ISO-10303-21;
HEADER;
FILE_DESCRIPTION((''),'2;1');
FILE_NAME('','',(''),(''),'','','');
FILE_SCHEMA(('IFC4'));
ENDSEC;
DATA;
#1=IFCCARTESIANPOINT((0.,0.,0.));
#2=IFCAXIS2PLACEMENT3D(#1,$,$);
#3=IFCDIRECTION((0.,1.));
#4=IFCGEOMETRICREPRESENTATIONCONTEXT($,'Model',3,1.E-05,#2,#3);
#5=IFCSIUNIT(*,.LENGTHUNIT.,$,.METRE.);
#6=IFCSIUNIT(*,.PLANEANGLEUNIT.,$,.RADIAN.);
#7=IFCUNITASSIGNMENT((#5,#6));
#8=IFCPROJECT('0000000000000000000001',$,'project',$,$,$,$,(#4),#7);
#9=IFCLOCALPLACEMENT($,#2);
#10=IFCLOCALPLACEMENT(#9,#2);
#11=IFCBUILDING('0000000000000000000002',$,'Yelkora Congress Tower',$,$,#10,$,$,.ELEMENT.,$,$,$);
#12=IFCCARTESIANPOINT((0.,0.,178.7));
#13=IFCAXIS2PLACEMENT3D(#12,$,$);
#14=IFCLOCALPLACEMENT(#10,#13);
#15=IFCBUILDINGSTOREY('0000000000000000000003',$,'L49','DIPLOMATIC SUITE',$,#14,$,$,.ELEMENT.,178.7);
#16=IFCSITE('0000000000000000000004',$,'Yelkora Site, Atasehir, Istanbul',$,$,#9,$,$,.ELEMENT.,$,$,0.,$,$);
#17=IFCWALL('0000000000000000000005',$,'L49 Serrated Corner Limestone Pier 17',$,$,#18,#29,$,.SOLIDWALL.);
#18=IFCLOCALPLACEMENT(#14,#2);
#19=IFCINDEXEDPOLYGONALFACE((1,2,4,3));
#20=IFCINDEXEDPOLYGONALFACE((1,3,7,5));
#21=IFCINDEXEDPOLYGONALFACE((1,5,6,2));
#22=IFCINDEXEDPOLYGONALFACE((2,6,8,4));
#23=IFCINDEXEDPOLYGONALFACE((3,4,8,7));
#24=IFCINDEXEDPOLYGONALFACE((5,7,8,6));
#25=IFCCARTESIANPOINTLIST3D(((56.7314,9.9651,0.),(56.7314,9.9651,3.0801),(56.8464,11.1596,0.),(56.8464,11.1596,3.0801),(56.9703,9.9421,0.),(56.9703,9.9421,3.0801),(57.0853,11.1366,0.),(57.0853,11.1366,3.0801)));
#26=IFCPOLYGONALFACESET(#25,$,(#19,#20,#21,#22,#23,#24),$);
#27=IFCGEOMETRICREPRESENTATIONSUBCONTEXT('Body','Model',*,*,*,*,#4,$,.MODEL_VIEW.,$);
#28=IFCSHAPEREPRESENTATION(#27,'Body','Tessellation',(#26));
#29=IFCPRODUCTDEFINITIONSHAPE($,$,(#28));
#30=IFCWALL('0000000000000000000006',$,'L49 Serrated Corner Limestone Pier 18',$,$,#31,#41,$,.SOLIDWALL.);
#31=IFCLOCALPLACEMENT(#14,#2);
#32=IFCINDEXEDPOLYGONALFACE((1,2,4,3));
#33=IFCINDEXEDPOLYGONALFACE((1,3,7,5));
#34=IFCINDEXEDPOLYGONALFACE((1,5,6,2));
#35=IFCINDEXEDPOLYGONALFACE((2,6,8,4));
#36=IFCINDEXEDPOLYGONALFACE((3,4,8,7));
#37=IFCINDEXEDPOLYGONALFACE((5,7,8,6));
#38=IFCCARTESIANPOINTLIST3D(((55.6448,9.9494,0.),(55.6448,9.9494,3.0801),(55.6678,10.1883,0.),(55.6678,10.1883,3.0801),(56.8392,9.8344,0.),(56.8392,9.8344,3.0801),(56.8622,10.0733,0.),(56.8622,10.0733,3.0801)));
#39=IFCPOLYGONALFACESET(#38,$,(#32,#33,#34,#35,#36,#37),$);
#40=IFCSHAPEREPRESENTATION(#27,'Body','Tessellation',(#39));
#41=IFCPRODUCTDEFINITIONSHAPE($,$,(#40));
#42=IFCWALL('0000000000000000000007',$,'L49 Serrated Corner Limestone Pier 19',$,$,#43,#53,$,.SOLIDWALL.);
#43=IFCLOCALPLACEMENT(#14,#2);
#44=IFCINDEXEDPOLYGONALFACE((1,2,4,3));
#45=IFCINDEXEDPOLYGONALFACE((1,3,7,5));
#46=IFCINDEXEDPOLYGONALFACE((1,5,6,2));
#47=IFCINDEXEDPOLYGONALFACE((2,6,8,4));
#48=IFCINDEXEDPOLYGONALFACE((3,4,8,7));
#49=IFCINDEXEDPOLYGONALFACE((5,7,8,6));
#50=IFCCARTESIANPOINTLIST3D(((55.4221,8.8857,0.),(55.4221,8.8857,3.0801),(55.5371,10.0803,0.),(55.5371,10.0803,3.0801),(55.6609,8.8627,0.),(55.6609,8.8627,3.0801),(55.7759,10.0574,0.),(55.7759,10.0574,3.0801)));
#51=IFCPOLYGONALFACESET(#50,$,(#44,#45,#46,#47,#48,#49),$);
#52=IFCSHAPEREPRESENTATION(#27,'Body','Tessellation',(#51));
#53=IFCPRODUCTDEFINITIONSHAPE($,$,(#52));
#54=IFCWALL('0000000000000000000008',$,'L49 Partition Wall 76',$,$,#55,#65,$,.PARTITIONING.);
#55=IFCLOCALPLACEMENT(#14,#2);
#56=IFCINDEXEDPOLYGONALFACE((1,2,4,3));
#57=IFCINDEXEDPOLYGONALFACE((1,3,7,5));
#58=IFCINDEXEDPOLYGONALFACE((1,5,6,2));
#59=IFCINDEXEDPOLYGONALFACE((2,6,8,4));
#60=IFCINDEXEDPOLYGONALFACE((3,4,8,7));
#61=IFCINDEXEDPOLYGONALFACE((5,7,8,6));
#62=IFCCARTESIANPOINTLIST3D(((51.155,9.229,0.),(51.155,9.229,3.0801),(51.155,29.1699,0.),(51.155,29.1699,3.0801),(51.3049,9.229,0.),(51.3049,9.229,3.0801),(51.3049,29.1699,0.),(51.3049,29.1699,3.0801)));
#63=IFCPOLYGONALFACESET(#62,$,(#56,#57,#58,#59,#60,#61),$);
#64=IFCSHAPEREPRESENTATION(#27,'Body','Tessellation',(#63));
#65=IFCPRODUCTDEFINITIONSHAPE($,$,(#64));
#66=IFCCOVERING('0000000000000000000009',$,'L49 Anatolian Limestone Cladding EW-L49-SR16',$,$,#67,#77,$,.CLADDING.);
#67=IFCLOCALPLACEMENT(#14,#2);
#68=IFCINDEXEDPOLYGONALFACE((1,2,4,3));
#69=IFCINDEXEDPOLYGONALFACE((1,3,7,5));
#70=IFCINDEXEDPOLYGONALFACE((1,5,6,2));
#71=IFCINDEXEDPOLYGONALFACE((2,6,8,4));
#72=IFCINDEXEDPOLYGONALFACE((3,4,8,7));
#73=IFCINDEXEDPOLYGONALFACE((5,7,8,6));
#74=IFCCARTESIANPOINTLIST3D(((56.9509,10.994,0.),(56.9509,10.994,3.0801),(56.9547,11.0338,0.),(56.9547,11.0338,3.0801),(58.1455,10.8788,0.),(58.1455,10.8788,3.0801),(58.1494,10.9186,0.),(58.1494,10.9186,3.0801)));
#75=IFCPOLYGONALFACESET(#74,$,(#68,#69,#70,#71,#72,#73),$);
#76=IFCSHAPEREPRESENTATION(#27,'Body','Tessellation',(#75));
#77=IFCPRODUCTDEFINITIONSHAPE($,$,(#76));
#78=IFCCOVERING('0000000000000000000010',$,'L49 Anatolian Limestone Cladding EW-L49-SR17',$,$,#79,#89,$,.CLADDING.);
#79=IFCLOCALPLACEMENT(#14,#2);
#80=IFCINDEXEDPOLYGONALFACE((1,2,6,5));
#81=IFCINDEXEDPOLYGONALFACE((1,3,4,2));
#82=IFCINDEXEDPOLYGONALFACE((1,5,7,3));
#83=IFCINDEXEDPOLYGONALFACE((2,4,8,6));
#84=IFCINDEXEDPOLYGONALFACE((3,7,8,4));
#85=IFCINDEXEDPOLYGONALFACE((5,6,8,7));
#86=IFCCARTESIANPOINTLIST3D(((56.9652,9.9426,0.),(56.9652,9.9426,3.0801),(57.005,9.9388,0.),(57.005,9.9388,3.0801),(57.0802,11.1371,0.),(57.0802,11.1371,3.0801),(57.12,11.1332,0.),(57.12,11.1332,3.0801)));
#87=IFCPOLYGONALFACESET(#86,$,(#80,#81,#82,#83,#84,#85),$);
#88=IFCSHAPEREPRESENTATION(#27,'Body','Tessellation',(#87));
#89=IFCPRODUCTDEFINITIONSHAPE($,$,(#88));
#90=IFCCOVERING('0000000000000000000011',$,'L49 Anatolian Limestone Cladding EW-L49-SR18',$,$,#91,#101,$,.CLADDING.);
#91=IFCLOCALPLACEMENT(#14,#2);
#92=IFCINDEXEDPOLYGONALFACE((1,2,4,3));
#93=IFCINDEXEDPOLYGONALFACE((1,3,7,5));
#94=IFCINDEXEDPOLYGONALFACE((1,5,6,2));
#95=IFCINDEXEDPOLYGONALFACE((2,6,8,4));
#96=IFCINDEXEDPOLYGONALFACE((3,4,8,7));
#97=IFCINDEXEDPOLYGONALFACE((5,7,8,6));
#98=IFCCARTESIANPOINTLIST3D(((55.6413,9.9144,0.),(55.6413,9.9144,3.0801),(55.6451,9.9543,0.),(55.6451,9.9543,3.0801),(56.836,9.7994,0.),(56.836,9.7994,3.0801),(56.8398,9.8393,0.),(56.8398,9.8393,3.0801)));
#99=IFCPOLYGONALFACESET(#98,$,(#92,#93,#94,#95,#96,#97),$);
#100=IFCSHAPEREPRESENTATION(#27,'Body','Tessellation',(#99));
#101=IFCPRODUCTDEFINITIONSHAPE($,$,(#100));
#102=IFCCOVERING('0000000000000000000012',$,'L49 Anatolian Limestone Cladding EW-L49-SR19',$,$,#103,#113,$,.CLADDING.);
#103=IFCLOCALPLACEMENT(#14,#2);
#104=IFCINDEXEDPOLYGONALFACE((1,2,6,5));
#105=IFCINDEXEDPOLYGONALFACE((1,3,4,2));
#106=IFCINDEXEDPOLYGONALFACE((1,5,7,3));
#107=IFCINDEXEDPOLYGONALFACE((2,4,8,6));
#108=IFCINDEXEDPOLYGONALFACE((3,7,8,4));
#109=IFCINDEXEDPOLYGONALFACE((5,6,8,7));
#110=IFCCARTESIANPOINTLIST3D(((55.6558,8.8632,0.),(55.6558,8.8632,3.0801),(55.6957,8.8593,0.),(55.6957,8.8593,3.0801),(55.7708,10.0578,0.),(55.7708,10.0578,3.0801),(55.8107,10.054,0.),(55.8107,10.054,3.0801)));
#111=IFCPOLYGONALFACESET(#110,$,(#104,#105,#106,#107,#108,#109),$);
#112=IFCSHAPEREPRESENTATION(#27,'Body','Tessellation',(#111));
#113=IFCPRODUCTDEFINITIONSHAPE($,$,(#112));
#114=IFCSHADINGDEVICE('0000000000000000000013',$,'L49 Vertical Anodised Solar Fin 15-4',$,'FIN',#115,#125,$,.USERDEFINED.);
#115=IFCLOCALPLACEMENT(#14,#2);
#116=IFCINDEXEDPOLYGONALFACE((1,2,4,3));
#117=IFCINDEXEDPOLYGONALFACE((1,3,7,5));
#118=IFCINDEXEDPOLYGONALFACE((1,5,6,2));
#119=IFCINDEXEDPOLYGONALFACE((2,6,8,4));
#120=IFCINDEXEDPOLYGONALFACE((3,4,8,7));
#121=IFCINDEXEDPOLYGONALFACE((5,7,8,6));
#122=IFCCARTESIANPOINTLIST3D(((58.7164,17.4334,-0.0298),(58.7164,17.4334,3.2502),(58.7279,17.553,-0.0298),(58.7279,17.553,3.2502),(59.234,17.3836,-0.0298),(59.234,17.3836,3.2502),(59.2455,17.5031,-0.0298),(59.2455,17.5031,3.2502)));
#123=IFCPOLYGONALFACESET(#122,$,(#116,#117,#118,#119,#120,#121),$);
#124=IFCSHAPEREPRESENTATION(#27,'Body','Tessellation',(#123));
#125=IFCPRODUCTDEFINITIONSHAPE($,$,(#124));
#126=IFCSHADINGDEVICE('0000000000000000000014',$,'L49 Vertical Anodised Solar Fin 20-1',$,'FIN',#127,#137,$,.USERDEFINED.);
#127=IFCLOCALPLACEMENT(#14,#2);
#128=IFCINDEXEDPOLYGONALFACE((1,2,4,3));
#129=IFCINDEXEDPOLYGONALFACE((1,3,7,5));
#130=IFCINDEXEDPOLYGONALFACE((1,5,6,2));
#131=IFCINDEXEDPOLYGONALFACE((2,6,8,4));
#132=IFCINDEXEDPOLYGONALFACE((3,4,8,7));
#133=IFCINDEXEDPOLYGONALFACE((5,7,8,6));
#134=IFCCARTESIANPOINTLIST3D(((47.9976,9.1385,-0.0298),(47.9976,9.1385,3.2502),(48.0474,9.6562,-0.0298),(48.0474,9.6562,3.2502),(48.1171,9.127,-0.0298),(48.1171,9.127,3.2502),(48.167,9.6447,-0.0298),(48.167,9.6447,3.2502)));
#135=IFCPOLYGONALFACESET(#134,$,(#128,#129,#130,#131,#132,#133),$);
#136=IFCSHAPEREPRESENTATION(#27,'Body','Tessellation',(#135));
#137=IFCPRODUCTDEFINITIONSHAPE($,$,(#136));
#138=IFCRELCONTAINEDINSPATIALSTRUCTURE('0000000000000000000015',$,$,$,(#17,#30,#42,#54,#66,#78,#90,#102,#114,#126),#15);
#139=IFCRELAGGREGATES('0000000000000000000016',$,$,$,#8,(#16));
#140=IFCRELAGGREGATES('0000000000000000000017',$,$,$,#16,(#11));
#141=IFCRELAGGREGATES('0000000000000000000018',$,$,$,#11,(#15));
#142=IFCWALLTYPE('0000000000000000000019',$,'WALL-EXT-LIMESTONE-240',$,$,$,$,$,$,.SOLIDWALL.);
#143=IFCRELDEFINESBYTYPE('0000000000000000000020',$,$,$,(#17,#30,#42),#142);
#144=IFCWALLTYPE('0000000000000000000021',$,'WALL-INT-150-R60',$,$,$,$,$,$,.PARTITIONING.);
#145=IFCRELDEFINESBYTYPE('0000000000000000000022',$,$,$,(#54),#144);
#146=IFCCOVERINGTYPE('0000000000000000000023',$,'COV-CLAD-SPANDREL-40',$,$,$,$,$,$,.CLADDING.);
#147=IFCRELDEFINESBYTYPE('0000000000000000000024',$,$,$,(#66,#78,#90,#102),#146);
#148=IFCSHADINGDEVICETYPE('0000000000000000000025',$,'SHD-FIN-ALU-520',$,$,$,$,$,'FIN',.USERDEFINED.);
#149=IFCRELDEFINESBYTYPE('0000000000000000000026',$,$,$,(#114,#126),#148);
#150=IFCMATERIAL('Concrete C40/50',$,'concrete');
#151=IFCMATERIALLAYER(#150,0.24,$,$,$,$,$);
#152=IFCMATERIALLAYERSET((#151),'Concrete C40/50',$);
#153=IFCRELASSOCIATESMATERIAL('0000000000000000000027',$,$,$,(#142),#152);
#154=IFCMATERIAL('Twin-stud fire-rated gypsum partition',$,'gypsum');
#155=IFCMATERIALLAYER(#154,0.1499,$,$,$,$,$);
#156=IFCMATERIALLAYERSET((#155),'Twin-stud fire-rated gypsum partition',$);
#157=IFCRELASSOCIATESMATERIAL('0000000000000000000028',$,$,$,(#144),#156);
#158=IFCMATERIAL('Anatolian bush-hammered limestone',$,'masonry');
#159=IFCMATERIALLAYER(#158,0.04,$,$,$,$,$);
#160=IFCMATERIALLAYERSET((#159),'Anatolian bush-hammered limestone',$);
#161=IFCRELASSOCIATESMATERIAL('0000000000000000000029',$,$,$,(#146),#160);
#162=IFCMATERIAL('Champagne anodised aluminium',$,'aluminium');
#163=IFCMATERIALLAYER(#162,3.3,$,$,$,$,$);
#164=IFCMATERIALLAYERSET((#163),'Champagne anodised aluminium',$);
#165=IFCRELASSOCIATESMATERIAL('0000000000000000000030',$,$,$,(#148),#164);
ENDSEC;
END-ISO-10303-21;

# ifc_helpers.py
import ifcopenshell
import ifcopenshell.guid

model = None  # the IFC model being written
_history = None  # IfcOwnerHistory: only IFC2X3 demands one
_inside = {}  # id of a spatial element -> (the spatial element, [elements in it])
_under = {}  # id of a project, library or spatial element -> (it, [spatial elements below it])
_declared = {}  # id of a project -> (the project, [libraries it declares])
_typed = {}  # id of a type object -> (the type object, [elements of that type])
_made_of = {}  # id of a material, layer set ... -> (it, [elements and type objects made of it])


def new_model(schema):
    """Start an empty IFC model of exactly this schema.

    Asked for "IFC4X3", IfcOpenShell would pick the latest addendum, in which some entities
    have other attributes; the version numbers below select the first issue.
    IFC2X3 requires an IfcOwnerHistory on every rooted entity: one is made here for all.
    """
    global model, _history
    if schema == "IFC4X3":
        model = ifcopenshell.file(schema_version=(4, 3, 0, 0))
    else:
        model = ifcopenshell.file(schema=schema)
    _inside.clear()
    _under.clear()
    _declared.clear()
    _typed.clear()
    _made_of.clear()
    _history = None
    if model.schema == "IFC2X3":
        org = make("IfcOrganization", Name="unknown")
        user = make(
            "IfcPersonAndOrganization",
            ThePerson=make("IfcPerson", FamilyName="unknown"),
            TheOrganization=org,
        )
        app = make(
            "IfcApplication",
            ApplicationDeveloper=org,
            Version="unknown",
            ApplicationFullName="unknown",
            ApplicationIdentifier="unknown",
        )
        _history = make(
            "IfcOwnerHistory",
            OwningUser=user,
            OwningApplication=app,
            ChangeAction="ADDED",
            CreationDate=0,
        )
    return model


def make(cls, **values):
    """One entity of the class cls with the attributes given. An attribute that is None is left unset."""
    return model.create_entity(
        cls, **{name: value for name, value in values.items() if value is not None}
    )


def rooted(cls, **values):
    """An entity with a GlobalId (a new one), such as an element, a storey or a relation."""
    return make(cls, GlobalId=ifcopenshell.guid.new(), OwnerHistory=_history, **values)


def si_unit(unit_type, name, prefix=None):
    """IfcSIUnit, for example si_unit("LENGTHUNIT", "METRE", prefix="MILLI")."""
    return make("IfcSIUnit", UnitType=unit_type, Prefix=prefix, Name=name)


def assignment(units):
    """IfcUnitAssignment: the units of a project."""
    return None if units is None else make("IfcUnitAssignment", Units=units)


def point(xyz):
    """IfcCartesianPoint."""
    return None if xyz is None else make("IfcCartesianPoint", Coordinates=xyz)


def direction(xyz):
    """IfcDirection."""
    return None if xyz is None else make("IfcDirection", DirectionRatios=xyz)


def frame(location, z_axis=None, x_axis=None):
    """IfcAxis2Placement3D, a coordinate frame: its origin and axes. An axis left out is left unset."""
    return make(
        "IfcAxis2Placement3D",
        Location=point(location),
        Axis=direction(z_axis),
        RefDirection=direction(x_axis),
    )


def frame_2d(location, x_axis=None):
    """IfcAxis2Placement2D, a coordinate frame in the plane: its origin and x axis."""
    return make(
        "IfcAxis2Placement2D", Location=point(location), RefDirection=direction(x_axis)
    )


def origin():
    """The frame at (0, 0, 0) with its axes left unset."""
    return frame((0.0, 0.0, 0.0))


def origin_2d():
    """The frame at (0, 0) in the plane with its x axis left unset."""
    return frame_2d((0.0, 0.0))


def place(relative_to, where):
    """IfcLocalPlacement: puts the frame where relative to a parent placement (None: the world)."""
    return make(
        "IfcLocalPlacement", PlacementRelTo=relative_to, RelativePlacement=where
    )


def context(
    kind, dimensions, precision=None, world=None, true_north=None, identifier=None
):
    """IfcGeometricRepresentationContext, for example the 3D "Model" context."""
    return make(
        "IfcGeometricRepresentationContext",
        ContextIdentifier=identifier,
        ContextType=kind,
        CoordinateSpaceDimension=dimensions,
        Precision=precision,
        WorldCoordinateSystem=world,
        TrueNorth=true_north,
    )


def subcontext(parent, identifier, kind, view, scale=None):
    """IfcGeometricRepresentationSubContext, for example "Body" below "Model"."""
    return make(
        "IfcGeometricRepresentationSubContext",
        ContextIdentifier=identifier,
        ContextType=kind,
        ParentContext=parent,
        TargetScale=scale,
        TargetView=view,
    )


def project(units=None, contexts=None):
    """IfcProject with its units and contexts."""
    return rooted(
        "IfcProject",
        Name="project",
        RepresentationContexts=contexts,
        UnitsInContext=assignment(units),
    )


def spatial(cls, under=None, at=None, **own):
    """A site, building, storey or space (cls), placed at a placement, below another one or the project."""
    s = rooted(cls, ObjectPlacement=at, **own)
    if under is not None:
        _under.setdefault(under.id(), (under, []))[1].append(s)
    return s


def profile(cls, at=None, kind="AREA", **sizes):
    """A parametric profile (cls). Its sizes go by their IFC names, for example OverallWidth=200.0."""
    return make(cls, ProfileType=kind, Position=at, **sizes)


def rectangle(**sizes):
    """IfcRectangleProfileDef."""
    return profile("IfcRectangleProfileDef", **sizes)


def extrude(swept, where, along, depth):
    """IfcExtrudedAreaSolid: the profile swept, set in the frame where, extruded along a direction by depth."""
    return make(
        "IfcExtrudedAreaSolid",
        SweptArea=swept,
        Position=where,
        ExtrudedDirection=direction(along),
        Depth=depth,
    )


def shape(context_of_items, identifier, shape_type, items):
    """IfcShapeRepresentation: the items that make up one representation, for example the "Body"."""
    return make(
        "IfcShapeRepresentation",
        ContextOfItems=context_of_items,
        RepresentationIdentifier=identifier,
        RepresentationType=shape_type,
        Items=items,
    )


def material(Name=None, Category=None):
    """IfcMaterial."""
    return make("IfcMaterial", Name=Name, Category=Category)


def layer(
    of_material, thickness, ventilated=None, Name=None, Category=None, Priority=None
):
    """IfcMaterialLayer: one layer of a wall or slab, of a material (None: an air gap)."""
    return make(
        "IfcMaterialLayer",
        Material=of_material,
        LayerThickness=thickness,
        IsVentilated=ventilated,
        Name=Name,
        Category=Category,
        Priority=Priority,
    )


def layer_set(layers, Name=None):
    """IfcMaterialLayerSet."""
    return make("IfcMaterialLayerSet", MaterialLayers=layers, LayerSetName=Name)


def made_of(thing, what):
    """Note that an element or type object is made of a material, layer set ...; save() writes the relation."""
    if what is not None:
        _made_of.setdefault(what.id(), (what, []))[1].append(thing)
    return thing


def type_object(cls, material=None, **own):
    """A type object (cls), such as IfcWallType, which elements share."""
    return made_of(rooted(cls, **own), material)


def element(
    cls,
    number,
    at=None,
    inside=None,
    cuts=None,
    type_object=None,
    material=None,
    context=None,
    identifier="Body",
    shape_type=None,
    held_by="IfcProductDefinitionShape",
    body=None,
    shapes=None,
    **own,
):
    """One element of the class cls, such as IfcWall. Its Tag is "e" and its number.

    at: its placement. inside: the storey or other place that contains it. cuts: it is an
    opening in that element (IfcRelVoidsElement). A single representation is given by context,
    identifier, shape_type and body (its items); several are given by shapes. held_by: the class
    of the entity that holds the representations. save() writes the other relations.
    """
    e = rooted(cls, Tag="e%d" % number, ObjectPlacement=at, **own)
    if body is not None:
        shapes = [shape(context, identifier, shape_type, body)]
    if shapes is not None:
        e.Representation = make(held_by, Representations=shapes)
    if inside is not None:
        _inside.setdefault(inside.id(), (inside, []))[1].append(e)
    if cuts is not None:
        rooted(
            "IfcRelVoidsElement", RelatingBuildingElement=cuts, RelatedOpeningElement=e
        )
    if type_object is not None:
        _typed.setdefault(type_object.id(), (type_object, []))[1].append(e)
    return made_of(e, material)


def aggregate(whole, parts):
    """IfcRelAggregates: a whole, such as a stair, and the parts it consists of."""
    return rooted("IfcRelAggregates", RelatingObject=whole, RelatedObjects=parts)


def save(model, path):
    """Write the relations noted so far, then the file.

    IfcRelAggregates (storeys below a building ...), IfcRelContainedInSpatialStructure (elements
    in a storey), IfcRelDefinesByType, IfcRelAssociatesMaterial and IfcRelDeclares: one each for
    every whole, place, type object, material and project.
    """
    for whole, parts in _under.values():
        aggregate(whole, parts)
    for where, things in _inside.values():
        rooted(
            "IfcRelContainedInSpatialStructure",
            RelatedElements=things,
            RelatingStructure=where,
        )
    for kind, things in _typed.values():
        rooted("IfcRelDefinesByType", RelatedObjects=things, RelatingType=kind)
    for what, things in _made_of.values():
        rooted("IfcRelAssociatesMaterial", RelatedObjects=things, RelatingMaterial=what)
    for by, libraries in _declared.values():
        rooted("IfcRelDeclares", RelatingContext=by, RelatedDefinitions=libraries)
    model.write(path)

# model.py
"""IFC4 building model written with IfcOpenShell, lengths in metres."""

from ifc_helpers import new_model, si_unit, direction, frame, frame_2d, origin, origin_2d, place, context, subcontext, project, spatial, rectangle, extrude, material, layer, layer_set, type_object, element, save


model = new_model("IFC4")

# Units and contexts
model_context = context("Model", 3, precision=1e-05, world=origin(), true_north=direction((0.0, 1.0)))
body_context = subcontext(model_context, "Body", "Model", "MODEL_VIEW")
ifc_project = project(units=[si_unit("LENGTHUNIT", "METRE"), si_unit("PLANEANGLEUNIT", "RADIAN")], contexts=[model_context])

# Site, building, storey
site_placement = place(None, origin())
site = spatial("IfcSite", under=ifc_project, at=site_placement, Name="Yelkora Site, Atasehir, Istanbul", CompositionType="ELEMENT", RefElevation=0.0)
building_placement = place(site_placement, origin())
building = spatial("IfcBuilding", under=site, at=building_placement, Name="Yelkora Congress Tower", CompositionType="ELEMENT")
storey_placement = place(building_placement, frame((0.0, 0.0, 178.7)))
storey = spatial("IfcBuildingStorey", under=building, at=storey_placement, Name="L49", Description="DIPLOMATIC SUITE", CompositionType="ELEMENT", Elevation=178.7)

# Walls
ifc_material_1 = material(Name="Concrete C40/50", Category="concrete")
ifc_layer_1 = layer(ifc_material_1, 0.24)
ifc_layer_set_1 = layer_set([ifc_layer_1], Name="Concrete C40/50")
wall_type_1 = type_object("IfcWallType", Name="WALL-EXT-LIMESTONE-240", PredefinedType="SOLIDWALL", material=ifc_layer_set_1)
for number, where, z_axis, x_axis, name in (
    (1, (56.9658, 11.1482, 0.0), (0.0, 0.0, 1.0), (-0.095836, -0.995397, 0.0), "L49 Serrated Corner Limestone Pier 17"),
    (2, (56.8508, 9.9539, 0.0), (0.0, 0.0, 1.0), (-0.995397, 0.095836, 0.0), "L49 Serrated Corner Limestone Pier 18"),
):
    element("IfcWall", number, at=place(storey_placement, frame(where, z_axis=z_axis, x_axis=x_axis)), inside=storey, type_object=wall_type_1, Name=name, PredefinedType="SOLIDWALL", context=body_context, shape_type="SweptSolid", body=[
        extrude(rectangle(XDim=1.2, YDim=0.24, at=frame_2d((0.6001, 0.0))), origin(), (0.0, 0.0, 1.0), 3.0801),
    ])
wall_1_placement = place(storey_placement, frame((55.6565, 10.0688, 0.0), z_axis=(0.0, 0.0, 1.0), x_axis=(-0.095817, -0.995399, 0.0)))
element("IfcWall", 3, at=wall_1_placement, inside=storey, type_object=wall_type_1, Name="L49 Serrated Corner Limestone Pier 19", PredefinedType="SOLIDWALL", context=body_context, shape_type="SweptSolid", body=[
    extrude(rectangle(XDim=1.2002, YDim=0.24, at=frame_2d((0.6001, 0.0))), origin(), (0.0, 0.0, 1.0), 3.0801),
])
ifc_material_2 = material(Name="Twin-stud fire-rated gypsum partition", Category="gypsum")
ifc_layer_2 = layer(ifc_material_2, 0.1499)
ifc_layer_set_2 = layer_set([ifc_layer_2], Name="Twin-stud fire-rated gypsum partition")
wall_type_2 = type_object("IfcWallType", Name="WALL-INT-150-R60", PredefinedType="PARTITIONING", material=ifc_layer_set_2)
wall_2_placement = place(storey_placement, frame((51.23, 9.229, 0.0), z_axis=(0.0, 0.0, 1.0), x_axis=(0.0, 1.0, 0.0)))
element("IfcWall", 4, at=wall_2_placement, inside=storey, type_object=wall_type_2, Name="L49 Partition Wall 76", PredefinedType="PARTITIONING", context=body_context, shape_type="SweptSolid", body=[
    extrude(rectangle(XDim=19.9409, YDim=0.1499, at=frame_2d((9.9705, 0.0))), origin(), (0.0, 0.0, 1.0), 3.0801),
])

# Coverings
ifc_material_3 = material(Name="Anatolian bush-hammered limestone", Category="masonry")
ifc_layer_3 = layer(ifc_material_3, 0.04)
ifc_layer_set_3 = layer_set([ifc_layer_3], Name="Anatolian bush-hammered limestone")
covering_type = type_object("IfcCoveringType", Name="COV-CLAD-SPANDREL-40", PredefinedType="CLADDING", material=ifc_layer_set_3)
covering_1_placement = place(storey_placement, frame((58.1475, 10.8987, 0.0), z_axis=(0.0, 0.0, 1.0), x_axis=(-0.99538, 0.096019, 0.0)))
element("IfcCovering", 5, at=covering_1_placement, inside=storey, type_object=covering_type, Name="L49 Anatolian Limestone Cladding EW-L49-SR16", PredefinedType="CLADDING", context=body_context, shape_type="SweptSolid", body=[
    extrude(rectangle(XDim=1.2002, YDim=0.04, at=frame_2d((0.6001, 0.0))), origin(), (0.0, 0.0, 1.0), 3.0801),
])
covering_2_placement = place(storey_placement, frame((57.1001, 11.1353, 0.0), z_axis=(0.0, 0.0, 1.0), x_axis=(-0.095836, -0.995397, 0.0)))
element("IfcCovering", 6, at=covering_2_placement, inside=storey, type_object=covering_type, Name="L49 Anatolian Limestone Cladding EW-L49-SR17", PredefinedType="CLADDING", context=body_context, shape_type="SweptSolid", body=[
    extrude(rectangle(XDim=1.2, YDim=0.04, at=frame_2d((0.6001, 0.0))), origin(), (0.0, 0.0, 1.0), 3.0801),
])
for number, where, z_axis, x_axis, name in (
    (7, (56.8379, 9.8193, 0.0), (0.0, 0.0, 1.0), (-0.995399, 0.095817, 0.0), "L49 Anatolian Limestone Cladding EW-L49-SR18"),
    (8, (55.7908, 10.0559, 0.0), (0.0, 0.0, 1.0), (-0.095817, -0.995399, 0.0), "L49 Anatolian Limestone Cladding EW-L49-SR19"),
):
    element("IfcCovering", number, at=place(storey_placement, frame(where, z_axis=z_axis, x_axis=x_axis)), inside=storey, type_object=covering_type, Name=name, PredefinedType="CLADDING", context=body_context, shape_type="SweptSolid", body=[
        extrude(rectangle(XDim=1.2002, YDim=0.04, at=frame_2d((0.6001, 0.0))), origin(), (0.0, 0.0, 1.0), 3.0801),
    ])

# Shading devices
ifc_material_4 = material(Name="Champagne anodised aluminium", Category="aluminium")
ifc_layer_4 = layer(ifc_material_4, 3.3)
ifc_layer_set_4 = layer_set([ifc_layer_4], Name="Champagne anodised aluminium")
shading_device_type = type_object("IfcShadingDeviceType", Name="SHD-FIN-ALU-520", ElementType="FIN", PredefinedType="USERDEFINED", material=ifc_layer_set_4)
for number, where, z_axis, x_axis, name in (
    (9, (58.981, 17.4683, -0.0298), (0.0, 0.0, 1.0), (-0.095846, -0.995396, 0.0), "L49 Vertical Anodised Solar Fin 15-4"),
    (10, (48.0823, 9.3916, -0.0298), (0.0, 0.0, 1.0), (-0.995396, 0.095846, 0.0), "L49 Vertical Anodised Solar Fin 20-1"),
):
    element("IfcShadingDevice", number, at=place(storey_placement, frame(where, z_axis=z_axis, x_axis=x_axis)), inside=storey, type_object=shading_device_type, Name=name, ObjectType="FIN", PredefinedType="USERDEFINED", context=body_context, shape_type="SweptSolid", body=[
        extrude(rectangle(XDim=0.1201, YDim=0.52, at=origin_2d()), origin(), (0.0, 0.0, 1.0), 3.28),
    ])

save(model, "model.ifc")
